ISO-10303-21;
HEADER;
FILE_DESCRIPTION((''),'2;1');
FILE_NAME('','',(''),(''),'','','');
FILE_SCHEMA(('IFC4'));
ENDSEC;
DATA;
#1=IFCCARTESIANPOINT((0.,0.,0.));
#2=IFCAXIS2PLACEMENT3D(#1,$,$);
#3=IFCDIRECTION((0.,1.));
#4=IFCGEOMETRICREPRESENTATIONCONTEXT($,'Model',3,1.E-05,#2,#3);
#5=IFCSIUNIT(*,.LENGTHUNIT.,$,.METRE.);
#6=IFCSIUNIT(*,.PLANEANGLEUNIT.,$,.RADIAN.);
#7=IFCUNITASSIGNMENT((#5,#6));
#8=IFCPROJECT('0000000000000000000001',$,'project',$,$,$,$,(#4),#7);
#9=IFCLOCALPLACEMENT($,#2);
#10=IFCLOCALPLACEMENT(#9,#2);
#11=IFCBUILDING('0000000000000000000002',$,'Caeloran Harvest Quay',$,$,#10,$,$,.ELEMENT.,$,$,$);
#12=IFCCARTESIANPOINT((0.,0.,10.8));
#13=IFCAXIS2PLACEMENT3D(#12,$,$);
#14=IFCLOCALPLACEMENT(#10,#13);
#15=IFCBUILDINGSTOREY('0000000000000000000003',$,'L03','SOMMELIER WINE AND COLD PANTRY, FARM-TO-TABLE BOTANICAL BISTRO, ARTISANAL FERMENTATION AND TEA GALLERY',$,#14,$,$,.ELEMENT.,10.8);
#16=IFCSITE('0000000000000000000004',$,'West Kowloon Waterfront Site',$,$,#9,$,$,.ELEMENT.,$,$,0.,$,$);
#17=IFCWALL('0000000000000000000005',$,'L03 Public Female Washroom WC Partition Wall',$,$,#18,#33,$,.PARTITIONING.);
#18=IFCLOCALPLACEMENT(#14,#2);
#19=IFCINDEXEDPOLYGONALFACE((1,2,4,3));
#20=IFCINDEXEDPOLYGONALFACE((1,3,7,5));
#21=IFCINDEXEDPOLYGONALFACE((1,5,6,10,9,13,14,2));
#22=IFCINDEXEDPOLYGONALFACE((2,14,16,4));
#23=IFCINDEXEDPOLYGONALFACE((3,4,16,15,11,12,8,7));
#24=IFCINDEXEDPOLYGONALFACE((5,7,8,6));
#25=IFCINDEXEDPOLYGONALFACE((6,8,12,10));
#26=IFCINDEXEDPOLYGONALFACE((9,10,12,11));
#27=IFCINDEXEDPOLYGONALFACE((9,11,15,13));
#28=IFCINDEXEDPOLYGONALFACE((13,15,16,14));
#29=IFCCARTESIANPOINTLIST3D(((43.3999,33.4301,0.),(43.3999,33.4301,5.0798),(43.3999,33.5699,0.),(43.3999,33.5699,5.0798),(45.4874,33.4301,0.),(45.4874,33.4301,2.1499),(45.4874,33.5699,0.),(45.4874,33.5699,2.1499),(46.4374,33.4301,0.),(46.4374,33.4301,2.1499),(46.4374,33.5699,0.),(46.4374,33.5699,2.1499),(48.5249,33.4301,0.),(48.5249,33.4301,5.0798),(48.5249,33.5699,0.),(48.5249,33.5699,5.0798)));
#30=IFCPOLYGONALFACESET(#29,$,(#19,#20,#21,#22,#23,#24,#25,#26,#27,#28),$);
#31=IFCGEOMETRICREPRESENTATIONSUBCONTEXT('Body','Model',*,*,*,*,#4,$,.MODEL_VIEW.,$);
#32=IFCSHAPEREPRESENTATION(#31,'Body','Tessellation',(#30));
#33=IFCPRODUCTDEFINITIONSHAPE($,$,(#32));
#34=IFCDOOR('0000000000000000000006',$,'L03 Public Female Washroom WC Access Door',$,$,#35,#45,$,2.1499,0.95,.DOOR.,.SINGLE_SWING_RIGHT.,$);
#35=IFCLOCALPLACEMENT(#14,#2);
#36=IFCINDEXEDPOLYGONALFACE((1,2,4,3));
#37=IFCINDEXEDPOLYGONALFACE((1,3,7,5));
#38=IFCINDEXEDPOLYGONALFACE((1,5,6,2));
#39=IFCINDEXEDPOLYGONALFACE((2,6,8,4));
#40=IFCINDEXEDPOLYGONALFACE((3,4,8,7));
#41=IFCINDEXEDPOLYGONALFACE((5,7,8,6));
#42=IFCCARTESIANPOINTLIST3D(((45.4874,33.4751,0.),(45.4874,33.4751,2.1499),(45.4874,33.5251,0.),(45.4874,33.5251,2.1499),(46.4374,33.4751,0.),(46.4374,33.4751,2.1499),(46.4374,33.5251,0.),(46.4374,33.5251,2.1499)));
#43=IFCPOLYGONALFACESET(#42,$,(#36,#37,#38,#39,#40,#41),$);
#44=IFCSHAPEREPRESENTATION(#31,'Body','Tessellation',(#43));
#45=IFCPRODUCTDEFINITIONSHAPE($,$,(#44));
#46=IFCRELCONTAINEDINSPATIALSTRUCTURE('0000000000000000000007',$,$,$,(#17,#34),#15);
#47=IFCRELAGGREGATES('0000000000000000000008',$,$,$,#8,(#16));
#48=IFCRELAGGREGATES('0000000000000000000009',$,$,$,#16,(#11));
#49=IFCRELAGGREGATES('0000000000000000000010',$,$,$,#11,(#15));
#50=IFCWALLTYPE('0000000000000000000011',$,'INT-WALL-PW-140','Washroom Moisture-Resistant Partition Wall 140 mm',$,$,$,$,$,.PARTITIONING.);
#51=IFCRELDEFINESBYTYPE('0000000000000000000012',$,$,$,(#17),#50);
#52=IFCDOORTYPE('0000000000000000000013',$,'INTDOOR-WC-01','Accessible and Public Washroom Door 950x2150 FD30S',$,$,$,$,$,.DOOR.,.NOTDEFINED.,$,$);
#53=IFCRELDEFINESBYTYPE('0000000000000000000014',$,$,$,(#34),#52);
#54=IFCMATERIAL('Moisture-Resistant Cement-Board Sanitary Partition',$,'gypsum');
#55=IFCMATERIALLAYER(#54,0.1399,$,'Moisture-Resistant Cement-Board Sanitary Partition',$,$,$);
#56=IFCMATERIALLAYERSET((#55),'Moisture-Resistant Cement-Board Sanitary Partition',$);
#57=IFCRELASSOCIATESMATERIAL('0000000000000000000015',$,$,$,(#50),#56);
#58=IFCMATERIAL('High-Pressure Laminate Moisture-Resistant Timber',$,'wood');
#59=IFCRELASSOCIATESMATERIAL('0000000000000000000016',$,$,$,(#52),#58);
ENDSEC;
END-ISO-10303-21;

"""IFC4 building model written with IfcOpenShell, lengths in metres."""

from ifc_helpers import new_model, si_unit, direction, frame, frame_2d, origin, place, context, subcontext, project, spatial, rectangle, extrude, material, layer, layer_set, type_object, element, fill, save


model = new_model("IFC4")

# Units and contexts
model_context = context("Model", 3, precision=1e-05, world=origin(), true_north=direction((0.0, 1.0)))
body_context = subcontext(model_context, "Body", "Model", "MODEL_VIEW")
ifc_project = project(units=[si_unit("LENGTHUNIT", "METRE"), si_unit("PLANEANGLEUNIT", "RADIAN")], contexts=[model_context])

# Site, building, storey
site_placement = place(None, origin())
site = spatial("IfcSite", under=ifc_project, at=site_placement, Name="West Kowloon Waterfront Site", CompositionType="ELEMENT", RefElevation=0.0)
building_placement = place(site_placement, origin())
building = spatial("IfcBuilding", under=site, at=building_placement, Name="Caeloran Harvest Quay", CompositionType="ELEMENT")
storey_placement = place(building_placement, frame((0.0, 0.0, 10.8)))
storey = spatial("IfcBuildingStorey", under=building, at=storey_placement, Name="L03", Description="SOMMELIER WINE AND COLD PANTRY, FARM-TO-TABLE BOTANICAL BISTRO, ARTISANAL FERMENTATION AND TEA GALLERY", CompositionType="ELEMENT", Elevation=10.8)

# Shared definitions
ifc_material_1 = material(Name="Moisture-Resistant Cement-Board Sanitary Partition", Category="gypsum")
ifc_layer_1 = layer(ifc_material_1, 0.1399, Name="Moisture-Resistant Cement-Board Sanitary Partition")
ifc_layer_set_1 = layer_set([ifc_layer_1], Name="Moisture-Resistant Cement-Board Sanitary Partition")
wall_type_1 = type_object("IfcWallType", Name="INT-WALL-PW-140", Description="Washroom Moisture-Resistant Partition Wall 140 mm", PredefinedType="PARTITIONING", material=ifc_layer_set_1)

# Wall, opening, door
wall_1_placement = place(storey_placement, frame((48.5249, 33.5, 0.0), z_axis=(0.0, 0.0, 1.0), x_axis=(-1.0, 0.0, 0.0)))
wall_1 = element("IfcWall", 1, at=wall_1_placement, inside=storey, type_object=wall_type_1, Name="L03 Public Female Washroom WC Partition Wall", PredefinedType="PARTITIONING", context=body_context, shape_type="SweptSolid", body=[
    extrude(rectangle(XDim=5.125, YDim=0.1399, at=frame_2d((2.5625, 0.0))), origin(), (0.0, 0.0, 1.0), 5.0798),
])
opening_placement = place(wall_1_placement, frame((2.0874, 0.0, 0.0)))
opening = element("IfcOpeningElement", 2, at=opening_placement, cuts=wall_1, PredefinedType="OPENING", context=body_context, shape_type="SweptSolid", body=[
    extrude(rectangle(XDim=0.95, YDim=2.1499, at=frame_2d((0.4751, 1.075))), frame((0.0, 0.0801, 0.0), z_axis=(0.0, -1.0, 0.0), x_axis=(1.0, 0.0, 0.0)), (0.0, 0.0, 1.0), 0.1599),
])
ifc_material_2 = material(Name="High-Pressure Laminate Moisture-Resistant Timber", Category="wood")
door_type = type_object("IfcDoorType", Name="INTDOOR-WC-01", Description="Accessible and Public Washroom Door 950x2150 FD30S", OperationType="NOTDEFINED", PredefinedType="DOOR", material=ifc_material_2)
door_placement = place(opening_placement, origin())
door = element("IfcDoor", 3, at=door_placement, inside=storey, type_object=door_type, Name="L03 Public Female Washroom WC Access Door", OperationType="SINGLE_SWING_RIGHT", OverallHeight=2.1499, OverallWidth=0.95, PredefinedType="DOOR", context=body_context, shape_type="SweptSolid", body=[
    extrude(rectangle(XDim=0.95, YDim=2.1499, at=frame_2d((0.4751, 1.075))), frame((0.0, 0.0249, 0.0), z_axis=(0.0, -1.0, 0.0), x_axis=(1.0, 0.0, 0.0)), (0.0, 0.0, 1.0), 0.05),
])
fill(opening, door)

save(model, "model.ifc")
